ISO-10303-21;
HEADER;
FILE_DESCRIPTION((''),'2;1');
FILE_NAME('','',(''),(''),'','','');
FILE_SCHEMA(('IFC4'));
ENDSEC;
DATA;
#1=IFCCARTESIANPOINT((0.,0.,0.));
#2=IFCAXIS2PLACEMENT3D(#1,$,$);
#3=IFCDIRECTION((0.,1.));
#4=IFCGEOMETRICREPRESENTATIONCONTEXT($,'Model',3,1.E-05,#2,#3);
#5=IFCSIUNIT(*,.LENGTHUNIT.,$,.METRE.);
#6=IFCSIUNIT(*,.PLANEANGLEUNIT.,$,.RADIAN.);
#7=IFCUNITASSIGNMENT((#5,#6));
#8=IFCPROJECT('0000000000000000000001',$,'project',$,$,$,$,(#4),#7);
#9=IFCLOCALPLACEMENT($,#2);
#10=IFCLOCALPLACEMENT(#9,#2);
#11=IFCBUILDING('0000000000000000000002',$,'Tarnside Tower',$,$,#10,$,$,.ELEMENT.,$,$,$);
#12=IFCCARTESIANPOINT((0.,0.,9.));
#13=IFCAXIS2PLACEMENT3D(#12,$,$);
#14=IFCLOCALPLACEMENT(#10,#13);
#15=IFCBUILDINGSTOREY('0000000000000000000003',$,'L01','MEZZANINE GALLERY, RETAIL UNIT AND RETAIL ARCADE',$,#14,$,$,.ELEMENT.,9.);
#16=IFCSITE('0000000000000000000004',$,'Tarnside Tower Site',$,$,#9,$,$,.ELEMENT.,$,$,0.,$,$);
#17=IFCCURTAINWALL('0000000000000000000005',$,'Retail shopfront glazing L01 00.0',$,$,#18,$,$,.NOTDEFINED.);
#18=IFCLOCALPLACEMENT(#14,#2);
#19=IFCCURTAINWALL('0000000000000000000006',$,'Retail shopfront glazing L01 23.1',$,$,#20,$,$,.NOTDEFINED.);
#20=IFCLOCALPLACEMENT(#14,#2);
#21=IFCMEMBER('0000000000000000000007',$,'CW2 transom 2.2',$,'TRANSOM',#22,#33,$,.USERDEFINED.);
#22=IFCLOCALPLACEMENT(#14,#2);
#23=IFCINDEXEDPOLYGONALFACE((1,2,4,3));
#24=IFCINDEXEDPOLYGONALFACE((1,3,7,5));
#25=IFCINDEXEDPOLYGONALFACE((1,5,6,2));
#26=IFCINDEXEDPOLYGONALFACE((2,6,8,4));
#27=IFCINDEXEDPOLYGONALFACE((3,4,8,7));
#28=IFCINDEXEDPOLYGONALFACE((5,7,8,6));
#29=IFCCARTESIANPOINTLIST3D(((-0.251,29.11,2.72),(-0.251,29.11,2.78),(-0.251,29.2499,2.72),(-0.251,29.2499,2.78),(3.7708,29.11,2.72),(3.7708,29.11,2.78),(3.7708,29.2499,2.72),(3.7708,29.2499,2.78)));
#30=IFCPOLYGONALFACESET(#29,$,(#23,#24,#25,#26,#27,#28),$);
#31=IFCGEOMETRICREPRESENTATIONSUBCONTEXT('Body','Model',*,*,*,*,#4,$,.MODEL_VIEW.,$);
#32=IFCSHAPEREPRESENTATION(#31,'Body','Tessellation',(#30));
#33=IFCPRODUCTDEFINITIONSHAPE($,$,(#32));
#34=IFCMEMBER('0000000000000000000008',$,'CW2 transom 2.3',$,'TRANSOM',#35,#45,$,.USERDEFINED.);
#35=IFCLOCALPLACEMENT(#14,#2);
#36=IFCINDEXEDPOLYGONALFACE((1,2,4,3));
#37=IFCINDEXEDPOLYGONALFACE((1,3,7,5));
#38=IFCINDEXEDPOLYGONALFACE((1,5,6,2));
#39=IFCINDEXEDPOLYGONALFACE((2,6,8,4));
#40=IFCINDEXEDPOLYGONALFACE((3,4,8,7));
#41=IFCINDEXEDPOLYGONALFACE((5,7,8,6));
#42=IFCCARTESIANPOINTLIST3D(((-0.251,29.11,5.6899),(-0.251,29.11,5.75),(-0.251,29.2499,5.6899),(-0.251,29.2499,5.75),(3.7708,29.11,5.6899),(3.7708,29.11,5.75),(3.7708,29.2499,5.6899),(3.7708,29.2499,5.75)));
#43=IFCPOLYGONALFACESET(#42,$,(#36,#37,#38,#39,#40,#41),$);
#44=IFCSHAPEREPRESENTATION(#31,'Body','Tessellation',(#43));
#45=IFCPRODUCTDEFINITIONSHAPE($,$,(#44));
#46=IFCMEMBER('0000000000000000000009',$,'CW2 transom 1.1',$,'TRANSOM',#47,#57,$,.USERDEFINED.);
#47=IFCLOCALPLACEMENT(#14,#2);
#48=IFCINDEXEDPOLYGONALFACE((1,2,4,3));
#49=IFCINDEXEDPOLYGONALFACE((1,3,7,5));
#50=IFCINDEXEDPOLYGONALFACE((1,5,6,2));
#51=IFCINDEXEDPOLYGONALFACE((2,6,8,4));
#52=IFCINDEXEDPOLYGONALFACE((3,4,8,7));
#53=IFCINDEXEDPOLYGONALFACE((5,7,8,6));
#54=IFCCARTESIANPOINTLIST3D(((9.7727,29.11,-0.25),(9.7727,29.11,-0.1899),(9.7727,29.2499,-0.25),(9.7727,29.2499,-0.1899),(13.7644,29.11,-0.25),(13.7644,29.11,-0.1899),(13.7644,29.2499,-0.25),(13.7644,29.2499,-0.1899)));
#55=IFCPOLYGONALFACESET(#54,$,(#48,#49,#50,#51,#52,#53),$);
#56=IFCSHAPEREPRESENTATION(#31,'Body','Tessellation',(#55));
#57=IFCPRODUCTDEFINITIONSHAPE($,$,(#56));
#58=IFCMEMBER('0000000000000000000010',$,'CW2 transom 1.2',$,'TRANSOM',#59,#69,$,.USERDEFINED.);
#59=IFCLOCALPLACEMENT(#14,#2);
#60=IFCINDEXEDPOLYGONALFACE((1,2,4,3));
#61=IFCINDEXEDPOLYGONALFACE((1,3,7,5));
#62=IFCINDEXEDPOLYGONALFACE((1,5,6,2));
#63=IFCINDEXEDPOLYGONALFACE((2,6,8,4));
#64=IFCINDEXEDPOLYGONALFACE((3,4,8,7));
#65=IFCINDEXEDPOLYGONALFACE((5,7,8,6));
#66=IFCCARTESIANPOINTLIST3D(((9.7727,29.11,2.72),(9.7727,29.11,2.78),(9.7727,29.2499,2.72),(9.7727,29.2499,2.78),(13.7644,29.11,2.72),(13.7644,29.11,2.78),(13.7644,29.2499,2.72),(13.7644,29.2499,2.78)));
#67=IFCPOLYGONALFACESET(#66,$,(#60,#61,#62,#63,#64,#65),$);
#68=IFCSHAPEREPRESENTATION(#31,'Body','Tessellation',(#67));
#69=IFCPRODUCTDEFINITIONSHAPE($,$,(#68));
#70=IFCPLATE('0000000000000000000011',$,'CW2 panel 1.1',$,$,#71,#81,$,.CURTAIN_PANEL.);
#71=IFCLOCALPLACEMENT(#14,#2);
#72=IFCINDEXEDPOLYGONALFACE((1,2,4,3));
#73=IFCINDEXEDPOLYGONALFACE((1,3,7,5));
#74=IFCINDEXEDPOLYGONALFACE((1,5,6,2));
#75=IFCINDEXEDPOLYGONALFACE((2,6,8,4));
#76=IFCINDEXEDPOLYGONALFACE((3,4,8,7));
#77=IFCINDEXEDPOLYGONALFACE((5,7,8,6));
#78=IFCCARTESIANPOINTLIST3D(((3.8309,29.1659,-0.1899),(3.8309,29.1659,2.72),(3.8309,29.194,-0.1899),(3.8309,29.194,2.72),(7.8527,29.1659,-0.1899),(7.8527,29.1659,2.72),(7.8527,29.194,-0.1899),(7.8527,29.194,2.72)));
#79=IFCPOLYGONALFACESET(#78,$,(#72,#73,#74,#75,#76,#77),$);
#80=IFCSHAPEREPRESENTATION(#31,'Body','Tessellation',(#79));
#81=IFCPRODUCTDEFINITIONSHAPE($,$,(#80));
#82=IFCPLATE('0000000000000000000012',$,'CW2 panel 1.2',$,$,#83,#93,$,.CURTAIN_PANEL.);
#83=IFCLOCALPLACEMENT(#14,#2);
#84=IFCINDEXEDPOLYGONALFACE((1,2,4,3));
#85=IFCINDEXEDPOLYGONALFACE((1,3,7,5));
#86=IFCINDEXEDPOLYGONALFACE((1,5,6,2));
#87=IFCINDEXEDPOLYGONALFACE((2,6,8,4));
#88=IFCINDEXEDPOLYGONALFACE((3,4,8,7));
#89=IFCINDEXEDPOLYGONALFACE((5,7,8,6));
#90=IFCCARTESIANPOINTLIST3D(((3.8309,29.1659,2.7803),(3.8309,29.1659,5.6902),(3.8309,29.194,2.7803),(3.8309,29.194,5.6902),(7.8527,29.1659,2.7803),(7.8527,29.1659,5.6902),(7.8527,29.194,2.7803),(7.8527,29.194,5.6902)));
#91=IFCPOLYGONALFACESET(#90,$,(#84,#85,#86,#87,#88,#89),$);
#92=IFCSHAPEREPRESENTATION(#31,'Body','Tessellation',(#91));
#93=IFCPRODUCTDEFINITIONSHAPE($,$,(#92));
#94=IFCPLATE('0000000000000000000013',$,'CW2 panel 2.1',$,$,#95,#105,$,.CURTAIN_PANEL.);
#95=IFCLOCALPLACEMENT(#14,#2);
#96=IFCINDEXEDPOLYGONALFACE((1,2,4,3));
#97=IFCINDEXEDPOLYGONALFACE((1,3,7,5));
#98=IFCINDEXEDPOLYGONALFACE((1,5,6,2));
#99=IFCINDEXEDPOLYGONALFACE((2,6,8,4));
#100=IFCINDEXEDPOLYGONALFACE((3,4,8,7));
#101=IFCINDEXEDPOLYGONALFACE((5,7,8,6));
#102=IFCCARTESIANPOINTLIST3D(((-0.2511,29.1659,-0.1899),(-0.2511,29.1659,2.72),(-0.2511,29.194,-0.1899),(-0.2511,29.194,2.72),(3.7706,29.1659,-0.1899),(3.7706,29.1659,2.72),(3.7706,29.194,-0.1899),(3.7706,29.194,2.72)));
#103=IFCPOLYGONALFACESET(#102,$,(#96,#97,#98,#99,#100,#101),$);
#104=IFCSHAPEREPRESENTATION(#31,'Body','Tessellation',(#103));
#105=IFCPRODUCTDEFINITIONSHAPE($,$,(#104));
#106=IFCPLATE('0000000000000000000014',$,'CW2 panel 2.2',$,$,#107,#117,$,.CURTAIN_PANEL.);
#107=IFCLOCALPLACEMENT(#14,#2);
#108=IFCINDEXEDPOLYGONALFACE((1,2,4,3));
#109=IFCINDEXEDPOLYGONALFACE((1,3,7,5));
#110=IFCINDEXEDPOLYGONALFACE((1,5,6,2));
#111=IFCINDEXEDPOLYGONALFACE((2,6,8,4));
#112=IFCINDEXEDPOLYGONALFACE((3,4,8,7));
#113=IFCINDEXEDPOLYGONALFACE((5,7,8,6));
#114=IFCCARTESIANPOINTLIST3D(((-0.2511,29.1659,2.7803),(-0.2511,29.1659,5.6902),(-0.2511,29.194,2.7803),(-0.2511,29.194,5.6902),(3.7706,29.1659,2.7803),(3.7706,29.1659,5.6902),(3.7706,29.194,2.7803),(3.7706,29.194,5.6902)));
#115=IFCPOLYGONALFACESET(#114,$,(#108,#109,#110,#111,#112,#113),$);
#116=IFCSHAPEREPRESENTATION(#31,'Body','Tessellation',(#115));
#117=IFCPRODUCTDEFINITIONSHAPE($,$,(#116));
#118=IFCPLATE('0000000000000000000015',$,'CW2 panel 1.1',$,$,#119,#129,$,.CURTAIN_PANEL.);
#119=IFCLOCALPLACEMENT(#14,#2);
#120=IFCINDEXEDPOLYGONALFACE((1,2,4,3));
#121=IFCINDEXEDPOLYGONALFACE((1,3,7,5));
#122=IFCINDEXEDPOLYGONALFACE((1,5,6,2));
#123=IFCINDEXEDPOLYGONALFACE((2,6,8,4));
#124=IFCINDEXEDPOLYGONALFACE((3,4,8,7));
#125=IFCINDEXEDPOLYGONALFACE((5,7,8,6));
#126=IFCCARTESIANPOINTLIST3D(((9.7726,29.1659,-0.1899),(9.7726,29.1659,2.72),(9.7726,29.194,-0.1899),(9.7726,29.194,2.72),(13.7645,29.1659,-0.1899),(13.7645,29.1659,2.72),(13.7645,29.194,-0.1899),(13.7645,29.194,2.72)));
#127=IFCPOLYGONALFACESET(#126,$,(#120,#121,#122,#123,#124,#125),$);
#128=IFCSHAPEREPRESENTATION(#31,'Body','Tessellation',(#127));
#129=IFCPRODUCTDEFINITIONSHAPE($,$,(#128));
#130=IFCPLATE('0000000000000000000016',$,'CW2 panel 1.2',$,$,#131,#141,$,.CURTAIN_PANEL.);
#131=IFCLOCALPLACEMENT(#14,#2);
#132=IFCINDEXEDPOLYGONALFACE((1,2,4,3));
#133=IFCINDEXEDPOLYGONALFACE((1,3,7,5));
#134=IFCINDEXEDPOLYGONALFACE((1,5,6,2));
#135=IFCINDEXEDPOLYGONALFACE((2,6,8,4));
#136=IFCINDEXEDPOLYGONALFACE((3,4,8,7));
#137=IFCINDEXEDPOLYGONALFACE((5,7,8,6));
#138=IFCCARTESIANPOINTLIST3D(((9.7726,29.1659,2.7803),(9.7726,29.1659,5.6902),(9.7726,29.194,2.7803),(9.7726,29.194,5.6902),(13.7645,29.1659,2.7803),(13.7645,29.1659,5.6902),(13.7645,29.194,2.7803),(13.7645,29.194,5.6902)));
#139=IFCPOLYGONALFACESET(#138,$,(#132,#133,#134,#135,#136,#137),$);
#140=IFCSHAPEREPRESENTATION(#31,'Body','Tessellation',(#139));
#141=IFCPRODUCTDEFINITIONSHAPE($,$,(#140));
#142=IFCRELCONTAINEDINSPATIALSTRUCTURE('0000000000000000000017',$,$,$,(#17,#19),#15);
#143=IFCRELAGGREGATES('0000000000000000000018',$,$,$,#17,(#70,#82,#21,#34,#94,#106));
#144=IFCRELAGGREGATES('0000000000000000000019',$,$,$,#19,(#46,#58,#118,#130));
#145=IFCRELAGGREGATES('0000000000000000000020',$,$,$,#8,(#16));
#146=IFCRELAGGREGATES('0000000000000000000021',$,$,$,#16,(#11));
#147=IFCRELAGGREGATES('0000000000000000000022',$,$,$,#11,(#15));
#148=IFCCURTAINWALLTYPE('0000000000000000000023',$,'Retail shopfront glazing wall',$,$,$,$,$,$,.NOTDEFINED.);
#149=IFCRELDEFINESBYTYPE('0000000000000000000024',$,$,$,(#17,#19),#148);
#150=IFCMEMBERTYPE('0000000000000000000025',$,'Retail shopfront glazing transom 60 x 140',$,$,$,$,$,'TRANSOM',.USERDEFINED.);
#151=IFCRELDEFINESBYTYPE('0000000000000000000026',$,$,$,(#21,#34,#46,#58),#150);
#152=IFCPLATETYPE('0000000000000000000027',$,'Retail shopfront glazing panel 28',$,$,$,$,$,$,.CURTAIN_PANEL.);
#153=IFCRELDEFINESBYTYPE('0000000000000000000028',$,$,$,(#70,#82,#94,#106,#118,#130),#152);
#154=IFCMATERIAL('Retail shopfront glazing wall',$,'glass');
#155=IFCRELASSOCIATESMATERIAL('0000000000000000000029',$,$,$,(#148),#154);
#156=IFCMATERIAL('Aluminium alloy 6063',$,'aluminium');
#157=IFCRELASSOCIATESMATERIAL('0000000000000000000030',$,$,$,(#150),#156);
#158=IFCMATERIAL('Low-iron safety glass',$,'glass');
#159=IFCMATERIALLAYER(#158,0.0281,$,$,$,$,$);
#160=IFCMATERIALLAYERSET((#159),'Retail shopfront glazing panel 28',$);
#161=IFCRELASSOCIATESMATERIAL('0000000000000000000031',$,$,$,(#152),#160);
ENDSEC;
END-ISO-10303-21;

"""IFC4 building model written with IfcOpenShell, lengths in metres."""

from ifc_helpers import new_model, si_unit, direction, frame, origin, origin_2d, place, context, subcontext, project, spatial, rectangle, extrude, material, layer, layer_set, material_profile, profile_set, type_object, element, aggregate, save


model = new_model("IFC4")

# Units and contexts
model_context = context("Model", 3, precision=1e-05, world=origin(), true_north=direction((0.0, 1.0)))
body_context = subcontext(model_context, "Body", "Model", "MODEL_VIEW")
ifc_project = project(units=[si_unit("LENGTHUNIT", "METRE"), si_unit("PLANEANGLEUNIT", "RADIAN")], contexts=[model_context])

# Site, building, storey
site_placement = place(None, origin())
site = spatial("IfcSite", under=ifc_project, at=site_placement, Name="Tarnside Tower Site", CompositionType="ELEMENT", RefElevation=0.0)
building_placement = place(site_placement, origin())
building = spatial("IfcBuilding", under=site, at=building_placement, Name="Tarnside Tower", CompositionType="ELEMENT")
storey_placement = place(building_placement, frame((0.0, 0.0, 9.0)))
storey = spatial("IfcBuildingStorey", under=building, at=storey_placement, Name="L01", Description="MEZZANINE GALLERY, RETAIL UNIT AND RETAIL ARCADE", CompositionType="ELEMENT", Elevation=9.0)

# Curtain wall
ifc_material_1 = material(Name="Retail shopfront glazing wall", Category="glass")
curtain_wall_type = type_object("IfcCurtainWallType", Name="Retail shopfront glazing wall", PredefinedType="NOTDEFINED", material=ifc_material_1)
curtain_wall_1_placement = place(storey_placement, origin())
curtain_wall_1 = element("IfcCurtainWall", 1, at=curtain_wall_1_placement, inside=storey, type_object=curtain_wall_type, Name="Retail shopfront glazing L01 00.0", PredefinedType="NOTDEFINED")
ifc_material_2 = material(Name="Aluminium alloy 6063", Category="aluminium")

# Curtain wall
curtain_wall_2_placement = place(storey_placement, origin())
curtain_wall_2 = element("IfcCurtainWall", 2, at=curtain_wall_2_placement, inside=storey, type_object=curtain_wall_type, Name="Retail shopfront glazing L01 23.1", PredefinedType="NOTDEFINED")

# Members
ifc_material_profile_1 = material_profile(ifc_material_2, rectangle(XDim=0.1399, YDim=0.0601, at=origin_2d()), Name="Retail shopfront glazing transom 60 x 140")
ifc_profile_set_1 = profile_set([ifc_material_profile_1], Name="Aluminium alloy 6063")
member_type_1 = type_object("IfcMemberType", Name="Retail shopfront glazing transom 60 x 140", ElementType="TRANSOM", PredefinedType="USERDEFINED", material=ifc_profile_set_1)
member_1_placement = place(storey_placement, frame((3.7708, 29.1799, 2.75), z_axis=(-1.0, 0.0, 0.0), x_axis=(0.0, -1.0, 0.0)))
member_1 = element("IfcMember", 3, at=member_1_placement, type_object=member_type_1, Name="CW2 transom 2.2", ObjectType="TRANSOM", PredefinedType="USERDEFINED", context=body_context, shape_type="SweptSolid", body=[
    extrude(rectangle(XDim=0.1399, YDim=0.0601, at=origin_2d()), origin(), (0.0, 0.0, 1.0), 4.0217),
])
member_2_placement = place(storey_placement, frame((3.7708, 29.1799, 5.72), z_axis=(-1.0, 0.0, 0.0), x_axis=(0.0, -1.0, 0.0)))
member_2 = element("IfcMember", 4, at=member_2_placement, type_object=member_type_1, Name="CW2 transom 2.3", ObjectType="TRANSOM", PredefinedType="USERDEFINED", context=body_context, shape_type="SweptSolid", body=[
    extrude(rectangle(XDim=0.1399, YDim=0.0601, at=origin_2d()), origin(), (0.0, 0.0, 1.0), 4.0217),
])
member_3_placement = place(storey_placement, frame((13.7644, 29.1799, -0.22), z_axis=(-1.0, 0.0, 0.0), x_axis=(0.0, -1.0, 0.0)))
member_3 = element("IfcMember", 5, at=member_3_placement, type_object=member_type_1, Name="CW2 transom 1.1", ObjectType="TRANSOM", PredefinedType="USERDEFINED", context=body_context, shape_type="SweptSolid", body=[
    extrude(rectangle(XDim=0.1399, YDim=0.0601, at=origin_2d()), origin(), (0.0, 0.0, 1.0), 3.9917),
])
member_4_placement = place(storey_placement, frame((13.7644, 29.1799, 2.75), z_axis=(-1.0, 0.0, 0.0), x_axis=(0.0, -1.0, 0.0)))
member_4 = element("IfcMember", 6, at=member_4_placement, type_object=member_type_1, Name="CW2 transom 1.2", ObjectType="TRANSOM", PredefinedType="USERDEFINED", context=body_context, shape_type="SweptSolid", body=[
    extrude(rectangle(XDim=0.1399, YDim=0.0601, at=origin_2d()), origin(), (0.0, 0.0, 1.0), 3.9917),
])

# Plates
ifc_material_3 = material(Name="Low-iron safety glass", Category="glass")
ifc_layer = layer(ifc_material_3, 0.0281)
ifc_layer_set = layer_set([ifc_layer], Name="Retail shopfront glazing panel 28")
plate_type = type_object("IfcPlateType", Name="Retail shopfront glazing panel 28", PredefinedType="CURTAIN_PANEL", material=ifc_layer_set)
plate_1_placement = place(storey_placement, frame((5.8418, 29.1799, -0.1899), z_axis=(0.0, 0.0, 1.0), x_axis=(-1.0, 0.0, 0.0)))
plate_1 = element("IfcPlate", 7, at=plate_1_placement, type_object=plate_type, Name="CW2 panel 1.1", PredefinedType="CURTAIN_PANEL", context=body_context, shape_type="SweptSolid", body=[
    extrude(rectangle(XDim=4.0217, YDim=0.0281, at=origin_2d()), origin(), (0.0, 0.0, 1.0), 2.9099),
])
plate_2_placement = place(storey_placement, frame((5.8418, 29.1799, 2.7803), z_axis=(0.0, 0.0, 1.0), x_axis=(-1.0, 0.0, 0.0)))
plate_2 = element("IfcPlate", 8, at=plate_2_placement, type_object=plate_type, Name="CW2 panel 1.2", PredefinedType="CURTAIN_PANEL", context=body_context, shape_type="SweptSolid", body=[
    extrude(rectangle(XDim=4.0217, YDim=0.0281, at=origin_2d()), origin(), (0.0, 0.0, 1.0), 2.9099),
])
plate_3_placement = place(storey_placement, frame((1.7598, 29.1799, -0.1899), z_axis=(0.0, 0.0, 1.0), x_axis=(-1.0, 0.0, 0.0)))
plate_3 = element("IfcPlate", 9, at=plate_3_placement, type_object=plate_type, Name="CW2 panel 2.1", PredefinedType="CURTAIN_PANEL", context=body_context, shape_type="SweptSolid", body=[
    extrude(rectangle(XDim=4.0217, YDim=0.0281, at=origin_2d()), origin(), (0.0, 0.0, 1.0), 2.9099),
])
plate_4_placement = place(storey_placement, frame((1.7598, 29.1799, 2.7803), z_axis=(0.0, 0.0, 1.0), x_axis=(-1.0, 0.0, 0.0)))
plate_4 = element("IfcPlate", 10, at=plate_4_placement, type_object=plate_type, Name="CW2 panel 2.2", PredefinedType="CURTAIN_PANEL", context=body_context, shape_type="SweptSolid", body=[
    extrude(rectangle(XDim=4.0217, YDim=0.0281, at=origin_2d()), origin(), (0.0, 0.0, 1.0), 2.9099),
])
aggregate(curtain_wall_1, [plate_1, plate_2, member_1, member_2, plate_3, plate_4])
plate_5_placement = place(storey_placement, frame((11.7686, 29.1799, -0.1899), z_axis=(0.0, 0.0, 1.0), x_axis=(-1.0, 0.0, 0.0)))
plate_5 = element("IfcPlate", 11, at=plate_5_placement, type_object=plate_type, Name="CW2 panel 1.1", PredefinedType="CURTAIN_PANEL", context=body_context, shape_type="SweptSolid", body=[
    extrude(rectangle(XDim=3.9919, YDim=0.0281, at=origin_2d()), origin(), (0.0, 0.0, 1.0), 2.9099),
])
plate_6_placement = place(storey_placement, frame((11.7686, 29.1799, 2.7803), z_axis=(0.0, 0.0, 1.0), x_axis=(-1.0, 0.0, 0.0)))
plate_6 = element("IfcPlate", 12, at=plate_6_placement, type_object=plate_type, Name="CW2 panel 1.2", PredefinedType="CURTAIN_PANEL", context=body_context, shape_type="SweptSolid", body=[
    extrude(rectangle(XDim=3.9919, YDim=0.0281, at=origin_2d()), origin(), (0.0, 0.0, 1.0), 2.9099),
])
aggregate(curtain_wall_2, [member_3, member_4, plate_5, plate_6])

save(model, "model.ifc")
